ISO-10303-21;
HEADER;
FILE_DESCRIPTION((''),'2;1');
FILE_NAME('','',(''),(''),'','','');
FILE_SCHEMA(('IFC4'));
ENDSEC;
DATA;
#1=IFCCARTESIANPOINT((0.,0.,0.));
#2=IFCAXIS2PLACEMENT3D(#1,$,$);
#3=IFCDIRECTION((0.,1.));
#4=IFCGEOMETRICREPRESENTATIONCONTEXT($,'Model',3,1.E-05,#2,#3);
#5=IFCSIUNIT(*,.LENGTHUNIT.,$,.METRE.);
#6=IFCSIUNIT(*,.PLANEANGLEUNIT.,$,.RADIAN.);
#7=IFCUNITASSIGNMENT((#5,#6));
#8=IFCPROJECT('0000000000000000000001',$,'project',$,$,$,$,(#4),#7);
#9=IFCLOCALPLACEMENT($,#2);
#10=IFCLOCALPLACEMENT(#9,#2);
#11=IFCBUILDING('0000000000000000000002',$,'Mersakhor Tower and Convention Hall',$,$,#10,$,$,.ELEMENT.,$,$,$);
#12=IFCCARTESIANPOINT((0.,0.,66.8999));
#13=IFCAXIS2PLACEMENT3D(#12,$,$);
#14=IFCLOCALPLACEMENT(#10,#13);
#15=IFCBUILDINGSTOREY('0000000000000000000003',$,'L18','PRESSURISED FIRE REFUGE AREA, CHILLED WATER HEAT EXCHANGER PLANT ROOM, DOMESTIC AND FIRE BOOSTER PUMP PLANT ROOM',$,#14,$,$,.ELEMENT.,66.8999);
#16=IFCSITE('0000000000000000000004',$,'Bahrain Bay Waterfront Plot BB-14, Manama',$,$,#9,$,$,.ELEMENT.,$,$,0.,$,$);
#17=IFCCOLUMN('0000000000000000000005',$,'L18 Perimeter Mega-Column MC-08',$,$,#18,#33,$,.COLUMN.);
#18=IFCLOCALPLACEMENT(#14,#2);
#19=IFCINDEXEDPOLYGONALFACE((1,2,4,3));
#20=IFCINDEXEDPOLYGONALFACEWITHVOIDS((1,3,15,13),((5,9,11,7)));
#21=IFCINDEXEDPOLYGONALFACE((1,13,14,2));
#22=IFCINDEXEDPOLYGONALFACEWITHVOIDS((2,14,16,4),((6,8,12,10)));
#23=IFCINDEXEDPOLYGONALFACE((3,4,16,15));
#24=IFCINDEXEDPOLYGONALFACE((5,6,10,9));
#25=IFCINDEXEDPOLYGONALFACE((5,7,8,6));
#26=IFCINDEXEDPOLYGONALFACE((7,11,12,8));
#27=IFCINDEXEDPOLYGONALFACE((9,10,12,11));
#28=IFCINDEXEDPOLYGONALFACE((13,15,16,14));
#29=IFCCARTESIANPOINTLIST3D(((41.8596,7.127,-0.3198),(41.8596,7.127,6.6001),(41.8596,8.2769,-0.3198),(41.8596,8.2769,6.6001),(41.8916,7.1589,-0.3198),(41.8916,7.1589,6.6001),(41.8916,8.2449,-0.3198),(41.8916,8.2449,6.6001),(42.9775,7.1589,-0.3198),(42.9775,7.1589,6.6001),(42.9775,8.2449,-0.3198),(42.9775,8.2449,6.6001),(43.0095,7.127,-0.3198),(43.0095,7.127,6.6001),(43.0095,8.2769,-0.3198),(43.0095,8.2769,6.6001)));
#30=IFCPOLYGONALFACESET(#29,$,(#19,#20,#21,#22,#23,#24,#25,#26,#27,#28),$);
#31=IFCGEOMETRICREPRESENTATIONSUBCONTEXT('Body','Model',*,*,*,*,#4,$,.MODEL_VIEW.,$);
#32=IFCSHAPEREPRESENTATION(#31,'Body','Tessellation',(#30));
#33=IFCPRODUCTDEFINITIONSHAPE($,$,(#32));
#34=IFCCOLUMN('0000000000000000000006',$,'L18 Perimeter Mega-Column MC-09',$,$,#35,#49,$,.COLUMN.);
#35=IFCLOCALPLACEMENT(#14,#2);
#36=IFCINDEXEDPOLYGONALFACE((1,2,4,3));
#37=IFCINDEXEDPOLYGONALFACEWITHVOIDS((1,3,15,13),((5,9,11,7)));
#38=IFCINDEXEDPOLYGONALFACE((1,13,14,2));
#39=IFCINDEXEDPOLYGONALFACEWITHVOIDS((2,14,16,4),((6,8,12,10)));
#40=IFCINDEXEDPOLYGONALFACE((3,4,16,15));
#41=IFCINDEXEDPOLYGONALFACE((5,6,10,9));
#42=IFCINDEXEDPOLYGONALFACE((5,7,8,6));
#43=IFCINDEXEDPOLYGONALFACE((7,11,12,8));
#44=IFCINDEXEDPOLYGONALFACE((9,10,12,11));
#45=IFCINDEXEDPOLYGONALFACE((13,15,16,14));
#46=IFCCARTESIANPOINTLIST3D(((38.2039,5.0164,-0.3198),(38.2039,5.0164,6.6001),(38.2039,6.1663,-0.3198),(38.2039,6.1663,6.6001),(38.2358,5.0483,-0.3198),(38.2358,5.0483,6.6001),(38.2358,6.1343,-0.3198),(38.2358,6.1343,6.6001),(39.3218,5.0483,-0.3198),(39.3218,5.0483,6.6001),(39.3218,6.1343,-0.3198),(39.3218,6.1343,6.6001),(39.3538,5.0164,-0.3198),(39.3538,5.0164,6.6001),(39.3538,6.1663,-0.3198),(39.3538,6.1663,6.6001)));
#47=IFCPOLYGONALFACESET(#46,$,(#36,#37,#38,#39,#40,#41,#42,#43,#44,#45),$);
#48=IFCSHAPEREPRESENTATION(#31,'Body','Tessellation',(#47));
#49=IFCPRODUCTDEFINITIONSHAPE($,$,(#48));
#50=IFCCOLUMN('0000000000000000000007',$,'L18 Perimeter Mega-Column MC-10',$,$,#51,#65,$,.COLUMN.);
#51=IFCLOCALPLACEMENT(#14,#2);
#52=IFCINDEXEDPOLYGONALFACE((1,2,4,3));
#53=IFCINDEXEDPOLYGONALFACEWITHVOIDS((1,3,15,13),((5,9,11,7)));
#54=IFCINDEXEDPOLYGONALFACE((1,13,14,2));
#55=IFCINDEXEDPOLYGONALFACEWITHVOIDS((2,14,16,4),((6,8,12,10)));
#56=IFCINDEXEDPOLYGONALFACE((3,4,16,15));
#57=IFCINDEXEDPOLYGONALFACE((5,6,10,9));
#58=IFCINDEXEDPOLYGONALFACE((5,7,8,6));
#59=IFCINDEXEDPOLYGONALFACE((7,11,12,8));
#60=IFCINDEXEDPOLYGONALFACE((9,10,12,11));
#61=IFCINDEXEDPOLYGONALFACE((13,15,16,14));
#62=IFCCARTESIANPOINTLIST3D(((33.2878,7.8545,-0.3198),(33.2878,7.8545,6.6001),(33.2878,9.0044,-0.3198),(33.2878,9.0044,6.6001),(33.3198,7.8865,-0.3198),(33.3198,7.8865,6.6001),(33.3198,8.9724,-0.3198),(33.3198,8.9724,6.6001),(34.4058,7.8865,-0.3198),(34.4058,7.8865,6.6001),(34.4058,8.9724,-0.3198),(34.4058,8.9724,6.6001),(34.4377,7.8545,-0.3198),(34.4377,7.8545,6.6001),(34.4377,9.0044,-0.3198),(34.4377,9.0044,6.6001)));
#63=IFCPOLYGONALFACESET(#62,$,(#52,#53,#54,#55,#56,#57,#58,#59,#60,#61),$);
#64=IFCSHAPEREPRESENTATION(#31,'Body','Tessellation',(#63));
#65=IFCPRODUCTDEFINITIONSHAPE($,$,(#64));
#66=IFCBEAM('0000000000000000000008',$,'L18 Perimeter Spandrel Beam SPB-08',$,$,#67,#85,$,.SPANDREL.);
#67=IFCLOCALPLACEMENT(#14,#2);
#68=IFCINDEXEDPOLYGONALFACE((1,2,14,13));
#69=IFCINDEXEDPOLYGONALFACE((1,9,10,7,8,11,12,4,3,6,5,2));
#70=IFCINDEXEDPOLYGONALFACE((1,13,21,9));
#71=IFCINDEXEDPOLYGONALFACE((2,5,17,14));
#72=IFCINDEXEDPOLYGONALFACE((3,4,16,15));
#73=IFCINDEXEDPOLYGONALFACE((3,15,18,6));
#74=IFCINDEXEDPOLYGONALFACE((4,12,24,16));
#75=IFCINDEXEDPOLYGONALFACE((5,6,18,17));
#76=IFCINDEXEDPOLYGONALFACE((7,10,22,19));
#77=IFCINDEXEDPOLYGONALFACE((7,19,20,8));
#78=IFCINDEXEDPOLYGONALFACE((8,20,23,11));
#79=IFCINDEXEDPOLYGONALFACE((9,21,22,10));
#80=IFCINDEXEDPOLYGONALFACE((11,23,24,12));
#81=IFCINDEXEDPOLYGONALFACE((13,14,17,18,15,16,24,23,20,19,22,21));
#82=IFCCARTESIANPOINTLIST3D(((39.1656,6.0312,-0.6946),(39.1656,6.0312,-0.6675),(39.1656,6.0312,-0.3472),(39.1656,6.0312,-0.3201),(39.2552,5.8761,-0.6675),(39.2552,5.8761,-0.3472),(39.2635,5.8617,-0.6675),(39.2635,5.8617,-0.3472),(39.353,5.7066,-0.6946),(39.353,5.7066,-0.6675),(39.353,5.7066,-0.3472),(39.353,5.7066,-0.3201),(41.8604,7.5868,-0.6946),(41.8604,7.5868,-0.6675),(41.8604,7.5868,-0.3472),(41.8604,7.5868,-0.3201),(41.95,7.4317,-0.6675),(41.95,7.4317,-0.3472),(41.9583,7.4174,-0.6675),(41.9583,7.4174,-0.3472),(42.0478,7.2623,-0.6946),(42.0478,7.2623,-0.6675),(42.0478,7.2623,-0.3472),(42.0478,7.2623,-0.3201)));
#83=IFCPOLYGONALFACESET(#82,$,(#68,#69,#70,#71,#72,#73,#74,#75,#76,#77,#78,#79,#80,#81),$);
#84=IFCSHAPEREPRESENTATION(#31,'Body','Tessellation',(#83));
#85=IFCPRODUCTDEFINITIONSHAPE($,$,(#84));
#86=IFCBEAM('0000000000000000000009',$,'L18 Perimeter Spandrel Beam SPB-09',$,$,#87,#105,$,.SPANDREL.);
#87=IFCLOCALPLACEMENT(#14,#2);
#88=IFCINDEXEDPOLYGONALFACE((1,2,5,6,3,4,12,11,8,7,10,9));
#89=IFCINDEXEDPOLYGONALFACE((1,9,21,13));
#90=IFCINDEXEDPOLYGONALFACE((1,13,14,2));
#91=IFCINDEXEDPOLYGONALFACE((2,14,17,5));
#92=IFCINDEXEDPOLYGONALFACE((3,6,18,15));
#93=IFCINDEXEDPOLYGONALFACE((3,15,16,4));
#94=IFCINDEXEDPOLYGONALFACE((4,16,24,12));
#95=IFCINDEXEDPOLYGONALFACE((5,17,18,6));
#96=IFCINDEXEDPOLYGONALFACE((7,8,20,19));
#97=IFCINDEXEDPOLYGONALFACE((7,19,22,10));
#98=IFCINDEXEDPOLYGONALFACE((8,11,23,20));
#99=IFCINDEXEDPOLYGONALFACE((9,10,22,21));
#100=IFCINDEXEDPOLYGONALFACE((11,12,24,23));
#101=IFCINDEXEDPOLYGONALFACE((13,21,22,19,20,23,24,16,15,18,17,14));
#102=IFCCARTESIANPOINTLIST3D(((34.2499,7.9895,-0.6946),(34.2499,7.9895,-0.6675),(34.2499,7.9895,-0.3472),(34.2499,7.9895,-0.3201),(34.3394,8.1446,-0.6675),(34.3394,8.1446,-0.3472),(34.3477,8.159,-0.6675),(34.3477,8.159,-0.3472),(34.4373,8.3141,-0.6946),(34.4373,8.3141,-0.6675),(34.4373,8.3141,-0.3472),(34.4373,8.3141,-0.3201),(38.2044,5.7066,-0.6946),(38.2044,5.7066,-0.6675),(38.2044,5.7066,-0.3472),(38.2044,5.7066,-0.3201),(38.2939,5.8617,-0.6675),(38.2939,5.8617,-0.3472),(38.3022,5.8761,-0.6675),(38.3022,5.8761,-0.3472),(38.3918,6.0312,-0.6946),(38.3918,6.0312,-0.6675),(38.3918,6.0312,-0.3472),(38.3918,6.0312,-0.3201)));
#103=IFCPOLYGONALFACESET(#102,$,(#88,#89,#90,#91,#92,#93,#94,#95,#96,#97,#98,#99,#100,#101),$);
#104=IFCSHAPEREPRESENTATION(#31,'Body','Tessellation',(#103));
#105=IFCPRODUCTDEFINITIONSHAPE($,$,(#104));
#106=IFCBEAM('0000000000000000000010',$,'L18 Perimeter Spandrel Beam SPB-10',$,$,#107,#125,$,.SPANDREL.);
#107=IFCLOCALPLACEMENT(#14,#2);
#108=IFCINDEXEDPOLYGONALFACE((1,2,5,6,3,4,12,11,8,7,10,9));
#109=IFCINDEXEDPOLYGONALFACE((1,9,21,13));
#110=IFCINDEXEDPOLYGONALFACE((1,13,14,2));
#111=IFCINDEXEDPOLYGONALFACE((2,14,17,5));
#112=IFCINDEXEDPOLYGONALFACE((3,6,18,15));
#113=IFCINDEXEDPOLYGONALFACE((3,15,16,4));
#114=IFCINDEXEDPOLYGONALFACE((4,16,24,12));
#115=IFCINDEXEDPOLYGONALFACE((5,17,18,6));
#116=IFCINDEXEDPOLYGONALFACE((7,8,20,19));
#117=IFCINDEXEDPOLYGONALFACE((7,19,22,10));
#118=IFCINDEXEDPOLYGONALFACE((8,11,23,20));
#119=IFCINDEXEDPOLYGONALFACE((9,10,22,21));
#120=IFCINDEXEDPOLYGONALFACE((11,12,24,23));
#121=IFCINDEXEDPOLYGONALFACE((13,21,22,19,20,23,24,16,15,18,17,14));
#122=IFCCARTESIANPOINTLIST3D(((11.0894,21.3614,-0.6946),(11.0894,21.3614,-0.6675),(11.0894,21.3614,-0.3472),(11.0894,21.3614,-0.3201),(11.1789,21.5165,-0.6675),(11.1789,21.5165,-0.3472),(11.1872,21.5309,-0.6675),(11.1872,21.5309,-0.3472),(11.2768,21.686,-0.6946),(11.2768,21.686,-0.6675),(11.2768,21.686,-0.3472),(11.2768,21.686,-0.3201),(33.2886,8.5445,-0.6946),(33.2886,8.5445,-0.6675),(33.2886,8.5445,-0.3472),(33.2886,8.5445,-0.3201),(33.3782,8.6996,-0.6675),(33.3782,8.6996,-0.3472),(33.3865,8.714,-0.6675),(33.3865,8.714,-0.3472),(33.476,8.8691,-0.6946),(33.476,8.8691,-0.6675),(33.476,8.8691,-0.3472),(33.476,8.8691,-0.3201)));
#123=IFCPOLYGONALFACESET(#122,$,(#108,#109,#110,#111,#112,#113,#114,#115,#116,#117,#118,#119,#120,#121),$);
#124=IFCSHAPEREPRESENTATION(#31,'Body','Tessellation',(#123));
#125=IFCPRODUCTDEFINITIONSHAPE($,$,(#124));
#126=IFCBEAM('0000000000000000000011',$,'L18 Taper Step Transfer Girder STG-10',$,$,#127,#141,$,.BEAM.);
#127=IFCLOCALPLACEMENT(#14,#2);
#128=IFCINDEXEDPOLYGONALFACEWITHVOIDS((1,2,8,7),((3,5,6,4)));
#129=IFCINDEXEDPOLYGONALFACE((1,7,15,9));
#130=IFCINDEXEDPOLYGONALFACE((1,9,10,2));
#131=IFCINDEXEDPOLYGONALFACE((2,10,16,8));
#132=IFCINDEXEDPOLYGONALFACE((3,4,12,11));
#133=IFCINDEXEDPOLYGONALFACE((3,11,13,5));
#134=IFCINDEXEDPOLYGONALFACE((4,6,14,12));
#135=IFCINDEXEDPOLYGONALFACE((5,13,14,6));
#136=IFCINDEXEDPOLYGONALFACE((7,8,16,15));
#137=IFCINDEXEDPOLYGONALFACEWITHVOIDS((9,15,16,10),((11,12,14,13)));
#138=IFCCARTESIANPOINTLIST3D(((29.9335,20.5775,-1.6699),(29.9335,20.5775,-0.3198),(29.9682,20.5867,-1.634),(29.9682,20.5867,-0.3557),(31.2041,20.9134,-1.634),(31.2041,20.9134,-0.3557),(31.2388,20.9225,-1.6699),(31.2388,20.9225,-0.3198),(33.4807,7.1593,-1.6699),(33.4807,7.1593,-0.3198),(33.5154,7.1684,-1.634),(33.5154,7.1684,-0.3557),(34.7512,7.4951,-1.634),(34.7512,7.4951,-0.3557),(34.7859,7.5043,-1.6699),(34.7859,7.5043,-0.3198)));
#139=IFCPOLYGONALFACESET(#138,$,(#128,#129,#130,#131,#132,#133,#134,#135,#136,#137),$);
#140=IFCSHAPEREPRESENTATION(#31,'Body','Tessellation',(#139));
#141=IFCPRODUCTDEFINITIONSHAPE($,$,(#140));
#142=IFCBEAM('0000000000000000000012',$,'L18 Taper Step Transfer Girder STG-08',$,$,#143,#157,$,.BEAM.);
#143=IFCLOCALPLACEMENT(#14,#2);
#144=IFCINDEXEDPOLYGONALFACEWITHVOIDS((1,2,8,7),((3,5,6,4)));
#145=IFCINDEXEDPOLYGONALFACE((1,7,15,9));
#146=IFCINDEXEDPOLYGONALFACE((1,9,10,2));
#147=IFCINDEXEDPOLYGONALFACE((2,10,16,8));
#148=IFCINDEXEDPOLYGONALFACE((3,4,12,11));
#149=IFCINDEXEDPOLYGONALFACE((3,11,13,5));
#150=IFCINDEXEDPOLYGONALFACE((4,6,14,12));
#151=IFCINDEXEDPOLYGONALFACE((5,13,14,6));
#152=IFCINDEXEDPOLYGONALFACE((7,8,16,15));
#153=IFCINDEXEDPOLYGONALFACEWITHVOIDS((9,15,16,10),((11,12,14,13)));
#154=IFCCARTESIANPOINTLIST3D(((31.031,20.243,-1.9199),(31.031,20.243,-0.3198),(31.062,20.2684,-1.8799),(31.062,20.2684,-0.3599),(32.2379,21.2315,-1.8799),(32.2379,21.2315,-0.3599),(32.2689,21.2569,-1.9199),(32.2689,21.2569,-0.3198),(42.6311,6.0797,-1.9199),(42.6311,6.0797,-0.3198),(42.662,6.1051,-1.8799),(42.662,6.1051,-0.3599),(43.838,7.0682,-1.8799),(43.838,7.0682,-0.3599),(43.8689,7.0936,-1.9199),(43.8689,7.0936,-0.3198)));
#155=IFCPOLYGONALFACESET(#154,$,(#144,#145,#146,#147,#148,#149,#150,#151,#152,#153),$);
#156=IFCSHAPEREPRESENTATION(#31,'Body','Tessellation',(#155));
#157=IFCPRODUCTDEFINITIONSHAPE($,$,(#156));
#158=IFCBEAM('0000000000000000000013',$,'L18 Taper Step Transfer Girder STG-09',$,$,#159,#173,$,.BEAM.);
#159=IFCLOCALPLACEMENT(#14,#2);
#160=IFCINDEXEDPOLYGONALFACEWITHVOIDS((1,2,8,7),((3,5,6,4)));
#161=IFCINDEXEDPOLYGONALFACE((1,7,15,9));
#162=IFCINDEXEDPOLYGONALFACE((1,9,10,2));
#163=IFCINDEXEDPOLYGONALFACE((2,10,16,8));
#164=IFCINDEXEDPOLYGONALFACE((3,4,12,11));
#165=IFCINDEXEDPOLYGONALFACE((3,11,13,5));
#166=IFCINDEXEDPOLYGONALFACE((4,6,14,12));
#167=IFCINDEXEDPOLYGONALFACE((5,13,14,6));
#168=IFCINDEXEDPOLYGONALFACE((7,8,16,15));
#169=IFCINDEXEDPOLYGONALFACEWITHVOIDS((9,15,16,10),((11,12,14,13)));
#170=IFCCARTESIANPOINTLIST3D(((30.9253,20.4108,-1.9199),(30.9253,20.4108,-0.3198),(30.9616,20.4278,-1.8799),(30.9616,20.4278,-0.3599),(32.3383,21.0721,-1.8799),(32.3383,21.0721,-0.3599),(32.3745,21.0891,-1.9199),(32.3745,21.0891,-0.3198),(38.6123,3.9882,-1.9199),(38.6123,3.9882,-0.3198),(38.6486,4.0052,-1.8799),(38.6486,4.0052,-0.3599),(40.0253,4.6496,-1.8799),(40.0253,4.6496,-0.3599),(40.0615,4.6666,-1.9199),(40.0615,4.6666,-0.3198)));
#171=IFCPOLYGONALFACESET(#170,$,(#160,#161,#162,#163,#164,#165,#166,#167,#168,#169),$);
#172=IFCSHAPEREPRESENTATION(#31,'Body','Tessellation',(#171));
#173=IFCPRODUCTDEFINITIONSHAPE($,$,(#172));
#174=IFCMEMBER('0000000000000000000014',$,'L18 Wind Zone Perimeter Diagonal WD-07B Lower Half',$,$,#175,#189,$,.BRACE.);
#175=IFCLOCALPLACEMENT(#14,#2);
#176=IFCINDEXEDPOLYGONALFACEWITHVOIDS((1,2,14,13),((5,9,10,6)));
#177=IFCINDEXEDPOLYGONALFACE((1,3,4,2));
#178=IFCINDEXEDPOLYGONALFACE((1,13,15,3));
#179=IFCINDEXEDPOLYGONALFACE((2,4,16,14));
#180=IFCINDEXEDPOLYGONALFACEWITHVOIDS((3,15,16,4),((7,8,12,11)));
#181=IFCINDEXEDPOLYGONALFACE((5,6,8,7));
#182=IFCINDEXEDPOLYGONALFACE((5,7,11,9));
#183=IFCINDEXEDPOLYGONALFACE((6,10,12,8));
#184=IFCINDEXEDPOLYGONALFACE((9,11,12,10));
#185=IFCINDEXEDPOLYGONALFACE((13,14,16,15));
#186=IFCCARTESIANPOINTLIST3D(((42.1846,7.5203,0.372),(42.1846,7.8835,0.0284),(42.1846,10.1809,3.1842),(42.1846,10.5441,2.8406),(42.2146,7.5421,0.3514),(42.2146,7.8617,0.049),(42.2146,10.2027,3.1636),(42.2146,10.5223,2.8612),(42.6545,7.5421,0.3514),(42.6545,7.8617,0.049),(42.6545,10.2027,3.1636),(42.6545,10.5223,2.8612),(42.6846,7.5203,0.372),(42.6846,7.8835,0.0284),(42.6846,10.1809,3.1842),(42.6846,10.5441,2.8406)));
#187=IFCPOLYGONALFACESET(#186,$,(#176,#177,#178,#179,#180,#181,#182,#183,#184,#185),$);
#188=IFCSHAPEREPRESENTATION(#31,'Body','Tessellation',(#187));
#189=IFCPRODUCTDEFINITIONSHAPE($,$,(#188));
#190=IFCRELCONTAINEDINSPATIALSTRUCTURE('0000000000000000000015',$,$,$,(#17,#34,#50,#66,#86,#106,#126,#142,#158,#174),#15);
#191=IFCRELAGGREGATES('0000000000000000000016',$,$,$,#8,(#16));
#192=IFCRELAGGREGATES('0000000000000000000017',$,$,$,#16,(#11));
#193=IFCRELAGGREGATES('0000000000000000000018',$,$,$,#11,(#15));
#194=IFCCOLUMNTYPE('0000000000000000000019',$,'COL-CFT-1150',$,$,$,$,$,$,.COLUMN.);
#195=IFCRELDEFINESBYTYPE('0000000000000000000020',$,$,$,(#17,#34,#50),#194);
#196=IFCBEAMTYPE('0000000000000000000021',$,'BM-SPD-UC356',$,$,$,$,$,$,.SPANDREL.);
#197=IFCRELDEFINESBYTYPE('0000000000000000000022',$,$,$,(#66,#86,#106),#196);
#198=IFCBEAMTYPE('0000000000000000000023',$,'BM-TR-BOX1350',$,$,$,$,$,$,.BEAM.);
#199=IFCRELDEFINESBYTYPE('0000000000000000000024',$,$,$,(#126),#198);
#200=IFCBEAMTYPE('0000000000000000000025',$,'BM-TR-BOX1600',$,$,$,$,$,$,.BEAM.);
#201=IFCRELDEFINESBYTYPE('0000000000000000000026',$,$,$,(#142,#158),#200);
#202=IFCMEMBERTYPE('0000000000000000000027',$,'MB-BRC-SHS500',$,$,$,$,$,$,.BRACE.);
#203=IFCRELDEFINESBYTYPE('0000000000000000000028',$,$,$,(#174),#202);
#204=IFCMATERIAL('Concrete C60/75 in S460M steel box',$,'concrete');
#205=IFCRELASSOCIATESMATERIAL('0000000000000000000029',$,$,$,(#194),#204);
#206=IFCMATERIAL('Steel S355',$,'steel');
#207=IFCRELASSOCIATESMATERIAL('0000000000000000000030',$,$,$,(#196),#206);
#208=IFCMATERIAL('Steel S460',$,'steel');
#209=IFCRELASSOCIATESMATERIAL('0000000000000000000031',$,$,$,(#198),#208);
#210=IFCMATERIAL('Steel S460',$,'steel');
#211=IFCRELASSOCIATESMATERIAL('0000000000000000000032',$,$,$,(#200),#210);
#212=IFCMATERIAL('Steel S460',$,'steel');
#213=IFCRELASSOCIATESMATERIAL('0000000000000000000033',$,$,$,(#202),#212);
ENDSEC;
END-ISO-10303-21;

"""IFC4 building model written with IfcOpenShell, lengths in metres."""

from ifc_helpers import new_model, si_unit, direction, frame, origin, origin_2d, place, context, subcontext, project, spatial, hollow_rectangle, i_section, extrude, material, material_profile, profile_set, type_object, element, save


model = new_model("IFC4")

# Units and contexts
model_context = context("Model", 3, precision=1e-05, world=origin(), true_north=direction((0.0, 1.0)))
body_context = subcontext(model_context, "Body", "Model", "MODEL_VIEW")
ifc_project = project(units=[si_unit("LENGTHUNIT", "METRE"), si_unit("PLANEANGLEUNIT", "RADIAN")], contexts=[model_context])

# Site, building, storey
site_placement = place(None, origin())
site = spatial("IfcSite", under=ifc_project, at=site_placement, Name="Bahrain Bay Waterfront Plot BB-14, Manama", CompositionType="ELEMENT", RefElevation=0.0)
building_placement = place(site_placement, origin())
building = spatial("IfcBuilding", under=site, at=building_placement, Name="Mersakhor Tower and Convention Hall", CompositionType="ELEMENT")
storey_placement = place(building_placement, frame((0.0, 0.0, 66.8999)))
storey = spatial("IfcBuildingStorey", under=building, at=storey_placement, Name="L18", Description="PRESSURISED FIRE REFUGE AREA, CHILLED WATER HEAT EXCHANGER PLANT ROOM, DOMESTIC AND FIRE BOOSTER PUMP PLANT ROOM", CompositionType="ELEMENT", Elevation=66.8999)

# Columns
ifc_material_1 = material(Name="Concrete C60/75 in S460M steel box", Category="concrete")
ifc_material_profile_1 = material_profile(ifc_material_1, hollow_rectangle(XDim=1.1499, YDim=1.1499, WallThickness=0.032, at=origin_2d()), Name="SHS 1150x1150x32")
ifc_profile_set_1 = profile_set([ifc_material_profile_1], Name="Concrete C60/75 in S460M steel box")
column_type = type_object("IfcColumnType", Name="COL-CFT-1150", PredefinedType="COLUMN", material=ifc_profile_set_1)
for number, where, z_axis, x_axis, name in (
    (1, (42.4346, 7.7019, -0.3198), (0.0, 0.0, 1.0), (1.0, 0.0, 0.0), "L18 Perimeter Mega-Column MC-08"),
    (2, (38.7788, 5.5913, -0.3198), (0.0, 0.0, 1.0), (1.0, 0.0, 0.0), "L18 Perimeter Mega-Column MC-09"),
    (3, (33.8628, 8.4294, -0.3198), (0.0, 0.0, 1.0), (1.0, 0.0, 0.0), "L18 Perimeter Mega-Column MC-10"),
):
    element("IfcColumn", number, at=place(storey_placement, frame(where, z_axis=z_axis, x_axis=x_axis)), inside=storey, type_object=column_type, Name=name, PredefinedType="COLUMN", context=body_context, shape_type="SweptSolid", body=[
        extrude(hollow_rectangle(XDim=1.1499, YDim=1.1499, WallThickness=0.032, at=origin_2d()), origin(), (0.0, 0.0, 1.0), 6.9199),
    ])

# Beams
ifc_material_2 = material(Name="Steel S355", Category="steel")
ifc_material_profile_2 = material_profile(ifc_material_2, i_section(OverallWidth=0.3748, OverallDepth=0.3745, WebThickness=0.0166, FlangeThickness=0.0271, at=origin_2d()), Name="UC 356x368x202")
ifc_profile_set_2 = profile_set([ifc_material_profile_2], Name="Steel S355")
beam_type_1 = type_object("IfcBeamType", Name="BM-SPD-UC356", PredefinedType="SPANDREL", material=ifc_profile_set_2)
beam_1_placement = place(storey_placement, frame((41.9541, 7.4246, -0.5073), z_axis=(-0.866052, -0.499953, 0.0), x_axis=(0.499953, -0.866052, 0.0)))
element("IfcBeam", 4, at=beam_1_placement, inside=storey, type_object=beam_type_1, Name="L18 Perimeter Spandrel Beam SPB-08", PredefinedType="SPANDREL", context=body_context, shape_type="SweptSolid", body=[
    extrude(i_section(OverallWidth=0.3748, OverallDepth=0.3745, WebThickness=0.0166, FlangeThickness=0.0271, at=origin_2d()), origin(), (0.0, 0.0, 1.0), 3.1116),
])
beam_2_placement = place(storey_placement, frame((38.2981, 5.8689, -0.5073), z_axis=(-0.866047, 0.499963, 0.0), x_axis=(-0.499963, -0.866047, 0.0)))
element("IfcBeam", 5, at=beam_2_placement, inside=storey, type_object=beam_type_1, Name="L18 Perimeter Spandrel Beam SPB-09", PredefinedType="SPANDREL", context=body_context, shape_type="SweptSolid", body=[
    extrude(i_section(OverallWidth=0.3748, OverallDepth=0.3745, WebThickness=0.0166, FlangeThickness=0.0271, at=origin_2d()), origin(), (0.0, 0.0, 1.0), 4.5662),
])
beam_3_placement = place(storey_placement, frame((33.3823, 8.7068, -0.5073), z_axis=(-0.866023, 0.500005, 0.0), x_axis=(-0.500005, -0.866023, 0.0)))
element("IfcBeam", 6, at=beam_3_placement, inside=storey, type_object=beam_type_1, Name="L18 Perimeter Spandrel Beam SPB-10", PredefinedType="SPANDREL", context=body_context, shape_type="SweptSolid", body=[
    extrude(i_section(OverallWidth=0.3748, OverallDepth=0.3745, WebThickness=0.0166, FlangeThickness=0.0271, at=origin_2d()), origin(), (0.0, 0.0, 1.0), 25.6335),
])
ifc_material_3 = material(Name="Steel S460", Category="steel")
ifc_material_profile_3 = material_profile(ifc_material_3, hollow_rectangle(XDim=1.3501, YDim=1.3501, WallThickness=0.0359, at=origin_2d()), Name="SHS 1350x1350x36")
ifc_profile_set_3 = profile_set([ifc_material_profile_3], Name="Steel S460")
beam_type_2 = type_object("IfcBeamType", Name="BM-TR-BOX1350", PredefinedType="BEAM", material=ifc_profile_set_3)
beam_4_placement = place(storey_placement, frame((34.1333, 7.3318, -0.9949), z_axis=(-0.255572, 0.96679, 0.0), x_axis=(-0.96679, -0.255572, 0.0)))
element("IfcBeam", 7, at=beam_4_placement, inside=storey, type_object=beam_type_2, Name="L18 Taper Step Transfer Girder STG-10", PredefinedType="BEAM", context=body_context, shape_type="SweptSolid", body=[
    extrude(hollow_rectangle(XDim=1.3501, YDim=1.3501, WallThickness=0.0359, at=origin_2d()), origin(), (0.0, 0.0, 1.0), 13.8792),
])
ifc_material_4 = material(Name="Steel S460", Category="steel")
ifc_material_profile_4 = material_profile(ifc_material_4, hollow_rectangle(XDim=1.6001, YDim=1.6001, WallThickness=0.04, at=origin_2d()), Name="SHS 1600x1600x40")
ifc_profile_set_4 = profile_set([ifc_material_profile_4], Name="Steel S460")
beam_type_3 = type_object("IfcBeamType", Name="BM-TR-BOX1600", PredefinedType="BEAM", material=ifc_profile_set_4)
beam_5_placement = place(storey_placement, frame((43.25, 6.5867, -1.1199), z_axis=(-0.633628, 0.773638, 0.0), x_axis=(-0.773638, -0.633628, 0.0)))
element("IfcBeam", 8, at=beam_5_placement, inside=storey, type_object=beam_type_3, Name="L18 Taper Step Transfer Girder STG-08", PredefinedType="BEAM", context=body_context, shape_type="SweptSolid", body=[
    extrude(hollow_rectangle(XDim=1.6001, YDim=1.6001, WallThickness=0.04, at=origin_2d()), origin(), (0.0, 0.0, 1.0), 18.3074),
])
beam_6_placement = place(storey_placement, frame((39.3369, 4.3274, -1.1199), z_axis=(-0.423933, 0.905694, 0.0), x_axis=(-0.905694, -0.423933, 0.0)))
element("IfcBeam", 9, at=beam_6_placement, inside=storey, type_object=beam_type_3, Name="L18 Taper Step Transfer Girder STG-09", PredefinedType="BEAM", context=body_context, shape_type="SweptSolid", body=[
    extrude(hollow_rectangle(XDim=1.6001, YDim=1.6001, WallThickness=0.04, at=origin_2d()), origin(), (0.0, 0.0, 1.0), 18.1326),
])

# Member
ifc_material_5 = material(Name="Steel S460", Category="steel")
ifc_material_profile_5 = material_profile(ifc_material_5, hollow_rectangle(XDim=0.5, YDim=0.5, WallThickness=0.03, at=origin_2d()), Name="SHS 500x500x30")
ifc_profile_set_5 = profile_set([ifc_material_profile_5], Name="Steel S460")
member_type = type_object("IfcMemberType", Name="MB-BRC-SHS500", PredefinedType="BRACE", material=ifc_profile_set_5)
member_1_placement = place(storey_placement, frame((42.4346, 7.7019, 0.2002), z_axis=(0.0, 0.687255, 0.726417), x_axis=(-1.0, 0.0, 0.0)))
element("IfcMember", 10, at=member_1_placement, inside=storey, type_object=member_type, Name="L18 Wind Zone Perimeter Diagonal WD-07B Lower Half", PredefinedType="BRACE", context=body_context, shape_type="SweptSolid", body=[
    extrude(hollow_rectangle(XDim=0.5, YDim=0.5, WallThickness=0.03, at=origin_2d()), origin(), (0.0, 0.0, 1.0), 3.8713),
])

save(model, "model.ifc")
